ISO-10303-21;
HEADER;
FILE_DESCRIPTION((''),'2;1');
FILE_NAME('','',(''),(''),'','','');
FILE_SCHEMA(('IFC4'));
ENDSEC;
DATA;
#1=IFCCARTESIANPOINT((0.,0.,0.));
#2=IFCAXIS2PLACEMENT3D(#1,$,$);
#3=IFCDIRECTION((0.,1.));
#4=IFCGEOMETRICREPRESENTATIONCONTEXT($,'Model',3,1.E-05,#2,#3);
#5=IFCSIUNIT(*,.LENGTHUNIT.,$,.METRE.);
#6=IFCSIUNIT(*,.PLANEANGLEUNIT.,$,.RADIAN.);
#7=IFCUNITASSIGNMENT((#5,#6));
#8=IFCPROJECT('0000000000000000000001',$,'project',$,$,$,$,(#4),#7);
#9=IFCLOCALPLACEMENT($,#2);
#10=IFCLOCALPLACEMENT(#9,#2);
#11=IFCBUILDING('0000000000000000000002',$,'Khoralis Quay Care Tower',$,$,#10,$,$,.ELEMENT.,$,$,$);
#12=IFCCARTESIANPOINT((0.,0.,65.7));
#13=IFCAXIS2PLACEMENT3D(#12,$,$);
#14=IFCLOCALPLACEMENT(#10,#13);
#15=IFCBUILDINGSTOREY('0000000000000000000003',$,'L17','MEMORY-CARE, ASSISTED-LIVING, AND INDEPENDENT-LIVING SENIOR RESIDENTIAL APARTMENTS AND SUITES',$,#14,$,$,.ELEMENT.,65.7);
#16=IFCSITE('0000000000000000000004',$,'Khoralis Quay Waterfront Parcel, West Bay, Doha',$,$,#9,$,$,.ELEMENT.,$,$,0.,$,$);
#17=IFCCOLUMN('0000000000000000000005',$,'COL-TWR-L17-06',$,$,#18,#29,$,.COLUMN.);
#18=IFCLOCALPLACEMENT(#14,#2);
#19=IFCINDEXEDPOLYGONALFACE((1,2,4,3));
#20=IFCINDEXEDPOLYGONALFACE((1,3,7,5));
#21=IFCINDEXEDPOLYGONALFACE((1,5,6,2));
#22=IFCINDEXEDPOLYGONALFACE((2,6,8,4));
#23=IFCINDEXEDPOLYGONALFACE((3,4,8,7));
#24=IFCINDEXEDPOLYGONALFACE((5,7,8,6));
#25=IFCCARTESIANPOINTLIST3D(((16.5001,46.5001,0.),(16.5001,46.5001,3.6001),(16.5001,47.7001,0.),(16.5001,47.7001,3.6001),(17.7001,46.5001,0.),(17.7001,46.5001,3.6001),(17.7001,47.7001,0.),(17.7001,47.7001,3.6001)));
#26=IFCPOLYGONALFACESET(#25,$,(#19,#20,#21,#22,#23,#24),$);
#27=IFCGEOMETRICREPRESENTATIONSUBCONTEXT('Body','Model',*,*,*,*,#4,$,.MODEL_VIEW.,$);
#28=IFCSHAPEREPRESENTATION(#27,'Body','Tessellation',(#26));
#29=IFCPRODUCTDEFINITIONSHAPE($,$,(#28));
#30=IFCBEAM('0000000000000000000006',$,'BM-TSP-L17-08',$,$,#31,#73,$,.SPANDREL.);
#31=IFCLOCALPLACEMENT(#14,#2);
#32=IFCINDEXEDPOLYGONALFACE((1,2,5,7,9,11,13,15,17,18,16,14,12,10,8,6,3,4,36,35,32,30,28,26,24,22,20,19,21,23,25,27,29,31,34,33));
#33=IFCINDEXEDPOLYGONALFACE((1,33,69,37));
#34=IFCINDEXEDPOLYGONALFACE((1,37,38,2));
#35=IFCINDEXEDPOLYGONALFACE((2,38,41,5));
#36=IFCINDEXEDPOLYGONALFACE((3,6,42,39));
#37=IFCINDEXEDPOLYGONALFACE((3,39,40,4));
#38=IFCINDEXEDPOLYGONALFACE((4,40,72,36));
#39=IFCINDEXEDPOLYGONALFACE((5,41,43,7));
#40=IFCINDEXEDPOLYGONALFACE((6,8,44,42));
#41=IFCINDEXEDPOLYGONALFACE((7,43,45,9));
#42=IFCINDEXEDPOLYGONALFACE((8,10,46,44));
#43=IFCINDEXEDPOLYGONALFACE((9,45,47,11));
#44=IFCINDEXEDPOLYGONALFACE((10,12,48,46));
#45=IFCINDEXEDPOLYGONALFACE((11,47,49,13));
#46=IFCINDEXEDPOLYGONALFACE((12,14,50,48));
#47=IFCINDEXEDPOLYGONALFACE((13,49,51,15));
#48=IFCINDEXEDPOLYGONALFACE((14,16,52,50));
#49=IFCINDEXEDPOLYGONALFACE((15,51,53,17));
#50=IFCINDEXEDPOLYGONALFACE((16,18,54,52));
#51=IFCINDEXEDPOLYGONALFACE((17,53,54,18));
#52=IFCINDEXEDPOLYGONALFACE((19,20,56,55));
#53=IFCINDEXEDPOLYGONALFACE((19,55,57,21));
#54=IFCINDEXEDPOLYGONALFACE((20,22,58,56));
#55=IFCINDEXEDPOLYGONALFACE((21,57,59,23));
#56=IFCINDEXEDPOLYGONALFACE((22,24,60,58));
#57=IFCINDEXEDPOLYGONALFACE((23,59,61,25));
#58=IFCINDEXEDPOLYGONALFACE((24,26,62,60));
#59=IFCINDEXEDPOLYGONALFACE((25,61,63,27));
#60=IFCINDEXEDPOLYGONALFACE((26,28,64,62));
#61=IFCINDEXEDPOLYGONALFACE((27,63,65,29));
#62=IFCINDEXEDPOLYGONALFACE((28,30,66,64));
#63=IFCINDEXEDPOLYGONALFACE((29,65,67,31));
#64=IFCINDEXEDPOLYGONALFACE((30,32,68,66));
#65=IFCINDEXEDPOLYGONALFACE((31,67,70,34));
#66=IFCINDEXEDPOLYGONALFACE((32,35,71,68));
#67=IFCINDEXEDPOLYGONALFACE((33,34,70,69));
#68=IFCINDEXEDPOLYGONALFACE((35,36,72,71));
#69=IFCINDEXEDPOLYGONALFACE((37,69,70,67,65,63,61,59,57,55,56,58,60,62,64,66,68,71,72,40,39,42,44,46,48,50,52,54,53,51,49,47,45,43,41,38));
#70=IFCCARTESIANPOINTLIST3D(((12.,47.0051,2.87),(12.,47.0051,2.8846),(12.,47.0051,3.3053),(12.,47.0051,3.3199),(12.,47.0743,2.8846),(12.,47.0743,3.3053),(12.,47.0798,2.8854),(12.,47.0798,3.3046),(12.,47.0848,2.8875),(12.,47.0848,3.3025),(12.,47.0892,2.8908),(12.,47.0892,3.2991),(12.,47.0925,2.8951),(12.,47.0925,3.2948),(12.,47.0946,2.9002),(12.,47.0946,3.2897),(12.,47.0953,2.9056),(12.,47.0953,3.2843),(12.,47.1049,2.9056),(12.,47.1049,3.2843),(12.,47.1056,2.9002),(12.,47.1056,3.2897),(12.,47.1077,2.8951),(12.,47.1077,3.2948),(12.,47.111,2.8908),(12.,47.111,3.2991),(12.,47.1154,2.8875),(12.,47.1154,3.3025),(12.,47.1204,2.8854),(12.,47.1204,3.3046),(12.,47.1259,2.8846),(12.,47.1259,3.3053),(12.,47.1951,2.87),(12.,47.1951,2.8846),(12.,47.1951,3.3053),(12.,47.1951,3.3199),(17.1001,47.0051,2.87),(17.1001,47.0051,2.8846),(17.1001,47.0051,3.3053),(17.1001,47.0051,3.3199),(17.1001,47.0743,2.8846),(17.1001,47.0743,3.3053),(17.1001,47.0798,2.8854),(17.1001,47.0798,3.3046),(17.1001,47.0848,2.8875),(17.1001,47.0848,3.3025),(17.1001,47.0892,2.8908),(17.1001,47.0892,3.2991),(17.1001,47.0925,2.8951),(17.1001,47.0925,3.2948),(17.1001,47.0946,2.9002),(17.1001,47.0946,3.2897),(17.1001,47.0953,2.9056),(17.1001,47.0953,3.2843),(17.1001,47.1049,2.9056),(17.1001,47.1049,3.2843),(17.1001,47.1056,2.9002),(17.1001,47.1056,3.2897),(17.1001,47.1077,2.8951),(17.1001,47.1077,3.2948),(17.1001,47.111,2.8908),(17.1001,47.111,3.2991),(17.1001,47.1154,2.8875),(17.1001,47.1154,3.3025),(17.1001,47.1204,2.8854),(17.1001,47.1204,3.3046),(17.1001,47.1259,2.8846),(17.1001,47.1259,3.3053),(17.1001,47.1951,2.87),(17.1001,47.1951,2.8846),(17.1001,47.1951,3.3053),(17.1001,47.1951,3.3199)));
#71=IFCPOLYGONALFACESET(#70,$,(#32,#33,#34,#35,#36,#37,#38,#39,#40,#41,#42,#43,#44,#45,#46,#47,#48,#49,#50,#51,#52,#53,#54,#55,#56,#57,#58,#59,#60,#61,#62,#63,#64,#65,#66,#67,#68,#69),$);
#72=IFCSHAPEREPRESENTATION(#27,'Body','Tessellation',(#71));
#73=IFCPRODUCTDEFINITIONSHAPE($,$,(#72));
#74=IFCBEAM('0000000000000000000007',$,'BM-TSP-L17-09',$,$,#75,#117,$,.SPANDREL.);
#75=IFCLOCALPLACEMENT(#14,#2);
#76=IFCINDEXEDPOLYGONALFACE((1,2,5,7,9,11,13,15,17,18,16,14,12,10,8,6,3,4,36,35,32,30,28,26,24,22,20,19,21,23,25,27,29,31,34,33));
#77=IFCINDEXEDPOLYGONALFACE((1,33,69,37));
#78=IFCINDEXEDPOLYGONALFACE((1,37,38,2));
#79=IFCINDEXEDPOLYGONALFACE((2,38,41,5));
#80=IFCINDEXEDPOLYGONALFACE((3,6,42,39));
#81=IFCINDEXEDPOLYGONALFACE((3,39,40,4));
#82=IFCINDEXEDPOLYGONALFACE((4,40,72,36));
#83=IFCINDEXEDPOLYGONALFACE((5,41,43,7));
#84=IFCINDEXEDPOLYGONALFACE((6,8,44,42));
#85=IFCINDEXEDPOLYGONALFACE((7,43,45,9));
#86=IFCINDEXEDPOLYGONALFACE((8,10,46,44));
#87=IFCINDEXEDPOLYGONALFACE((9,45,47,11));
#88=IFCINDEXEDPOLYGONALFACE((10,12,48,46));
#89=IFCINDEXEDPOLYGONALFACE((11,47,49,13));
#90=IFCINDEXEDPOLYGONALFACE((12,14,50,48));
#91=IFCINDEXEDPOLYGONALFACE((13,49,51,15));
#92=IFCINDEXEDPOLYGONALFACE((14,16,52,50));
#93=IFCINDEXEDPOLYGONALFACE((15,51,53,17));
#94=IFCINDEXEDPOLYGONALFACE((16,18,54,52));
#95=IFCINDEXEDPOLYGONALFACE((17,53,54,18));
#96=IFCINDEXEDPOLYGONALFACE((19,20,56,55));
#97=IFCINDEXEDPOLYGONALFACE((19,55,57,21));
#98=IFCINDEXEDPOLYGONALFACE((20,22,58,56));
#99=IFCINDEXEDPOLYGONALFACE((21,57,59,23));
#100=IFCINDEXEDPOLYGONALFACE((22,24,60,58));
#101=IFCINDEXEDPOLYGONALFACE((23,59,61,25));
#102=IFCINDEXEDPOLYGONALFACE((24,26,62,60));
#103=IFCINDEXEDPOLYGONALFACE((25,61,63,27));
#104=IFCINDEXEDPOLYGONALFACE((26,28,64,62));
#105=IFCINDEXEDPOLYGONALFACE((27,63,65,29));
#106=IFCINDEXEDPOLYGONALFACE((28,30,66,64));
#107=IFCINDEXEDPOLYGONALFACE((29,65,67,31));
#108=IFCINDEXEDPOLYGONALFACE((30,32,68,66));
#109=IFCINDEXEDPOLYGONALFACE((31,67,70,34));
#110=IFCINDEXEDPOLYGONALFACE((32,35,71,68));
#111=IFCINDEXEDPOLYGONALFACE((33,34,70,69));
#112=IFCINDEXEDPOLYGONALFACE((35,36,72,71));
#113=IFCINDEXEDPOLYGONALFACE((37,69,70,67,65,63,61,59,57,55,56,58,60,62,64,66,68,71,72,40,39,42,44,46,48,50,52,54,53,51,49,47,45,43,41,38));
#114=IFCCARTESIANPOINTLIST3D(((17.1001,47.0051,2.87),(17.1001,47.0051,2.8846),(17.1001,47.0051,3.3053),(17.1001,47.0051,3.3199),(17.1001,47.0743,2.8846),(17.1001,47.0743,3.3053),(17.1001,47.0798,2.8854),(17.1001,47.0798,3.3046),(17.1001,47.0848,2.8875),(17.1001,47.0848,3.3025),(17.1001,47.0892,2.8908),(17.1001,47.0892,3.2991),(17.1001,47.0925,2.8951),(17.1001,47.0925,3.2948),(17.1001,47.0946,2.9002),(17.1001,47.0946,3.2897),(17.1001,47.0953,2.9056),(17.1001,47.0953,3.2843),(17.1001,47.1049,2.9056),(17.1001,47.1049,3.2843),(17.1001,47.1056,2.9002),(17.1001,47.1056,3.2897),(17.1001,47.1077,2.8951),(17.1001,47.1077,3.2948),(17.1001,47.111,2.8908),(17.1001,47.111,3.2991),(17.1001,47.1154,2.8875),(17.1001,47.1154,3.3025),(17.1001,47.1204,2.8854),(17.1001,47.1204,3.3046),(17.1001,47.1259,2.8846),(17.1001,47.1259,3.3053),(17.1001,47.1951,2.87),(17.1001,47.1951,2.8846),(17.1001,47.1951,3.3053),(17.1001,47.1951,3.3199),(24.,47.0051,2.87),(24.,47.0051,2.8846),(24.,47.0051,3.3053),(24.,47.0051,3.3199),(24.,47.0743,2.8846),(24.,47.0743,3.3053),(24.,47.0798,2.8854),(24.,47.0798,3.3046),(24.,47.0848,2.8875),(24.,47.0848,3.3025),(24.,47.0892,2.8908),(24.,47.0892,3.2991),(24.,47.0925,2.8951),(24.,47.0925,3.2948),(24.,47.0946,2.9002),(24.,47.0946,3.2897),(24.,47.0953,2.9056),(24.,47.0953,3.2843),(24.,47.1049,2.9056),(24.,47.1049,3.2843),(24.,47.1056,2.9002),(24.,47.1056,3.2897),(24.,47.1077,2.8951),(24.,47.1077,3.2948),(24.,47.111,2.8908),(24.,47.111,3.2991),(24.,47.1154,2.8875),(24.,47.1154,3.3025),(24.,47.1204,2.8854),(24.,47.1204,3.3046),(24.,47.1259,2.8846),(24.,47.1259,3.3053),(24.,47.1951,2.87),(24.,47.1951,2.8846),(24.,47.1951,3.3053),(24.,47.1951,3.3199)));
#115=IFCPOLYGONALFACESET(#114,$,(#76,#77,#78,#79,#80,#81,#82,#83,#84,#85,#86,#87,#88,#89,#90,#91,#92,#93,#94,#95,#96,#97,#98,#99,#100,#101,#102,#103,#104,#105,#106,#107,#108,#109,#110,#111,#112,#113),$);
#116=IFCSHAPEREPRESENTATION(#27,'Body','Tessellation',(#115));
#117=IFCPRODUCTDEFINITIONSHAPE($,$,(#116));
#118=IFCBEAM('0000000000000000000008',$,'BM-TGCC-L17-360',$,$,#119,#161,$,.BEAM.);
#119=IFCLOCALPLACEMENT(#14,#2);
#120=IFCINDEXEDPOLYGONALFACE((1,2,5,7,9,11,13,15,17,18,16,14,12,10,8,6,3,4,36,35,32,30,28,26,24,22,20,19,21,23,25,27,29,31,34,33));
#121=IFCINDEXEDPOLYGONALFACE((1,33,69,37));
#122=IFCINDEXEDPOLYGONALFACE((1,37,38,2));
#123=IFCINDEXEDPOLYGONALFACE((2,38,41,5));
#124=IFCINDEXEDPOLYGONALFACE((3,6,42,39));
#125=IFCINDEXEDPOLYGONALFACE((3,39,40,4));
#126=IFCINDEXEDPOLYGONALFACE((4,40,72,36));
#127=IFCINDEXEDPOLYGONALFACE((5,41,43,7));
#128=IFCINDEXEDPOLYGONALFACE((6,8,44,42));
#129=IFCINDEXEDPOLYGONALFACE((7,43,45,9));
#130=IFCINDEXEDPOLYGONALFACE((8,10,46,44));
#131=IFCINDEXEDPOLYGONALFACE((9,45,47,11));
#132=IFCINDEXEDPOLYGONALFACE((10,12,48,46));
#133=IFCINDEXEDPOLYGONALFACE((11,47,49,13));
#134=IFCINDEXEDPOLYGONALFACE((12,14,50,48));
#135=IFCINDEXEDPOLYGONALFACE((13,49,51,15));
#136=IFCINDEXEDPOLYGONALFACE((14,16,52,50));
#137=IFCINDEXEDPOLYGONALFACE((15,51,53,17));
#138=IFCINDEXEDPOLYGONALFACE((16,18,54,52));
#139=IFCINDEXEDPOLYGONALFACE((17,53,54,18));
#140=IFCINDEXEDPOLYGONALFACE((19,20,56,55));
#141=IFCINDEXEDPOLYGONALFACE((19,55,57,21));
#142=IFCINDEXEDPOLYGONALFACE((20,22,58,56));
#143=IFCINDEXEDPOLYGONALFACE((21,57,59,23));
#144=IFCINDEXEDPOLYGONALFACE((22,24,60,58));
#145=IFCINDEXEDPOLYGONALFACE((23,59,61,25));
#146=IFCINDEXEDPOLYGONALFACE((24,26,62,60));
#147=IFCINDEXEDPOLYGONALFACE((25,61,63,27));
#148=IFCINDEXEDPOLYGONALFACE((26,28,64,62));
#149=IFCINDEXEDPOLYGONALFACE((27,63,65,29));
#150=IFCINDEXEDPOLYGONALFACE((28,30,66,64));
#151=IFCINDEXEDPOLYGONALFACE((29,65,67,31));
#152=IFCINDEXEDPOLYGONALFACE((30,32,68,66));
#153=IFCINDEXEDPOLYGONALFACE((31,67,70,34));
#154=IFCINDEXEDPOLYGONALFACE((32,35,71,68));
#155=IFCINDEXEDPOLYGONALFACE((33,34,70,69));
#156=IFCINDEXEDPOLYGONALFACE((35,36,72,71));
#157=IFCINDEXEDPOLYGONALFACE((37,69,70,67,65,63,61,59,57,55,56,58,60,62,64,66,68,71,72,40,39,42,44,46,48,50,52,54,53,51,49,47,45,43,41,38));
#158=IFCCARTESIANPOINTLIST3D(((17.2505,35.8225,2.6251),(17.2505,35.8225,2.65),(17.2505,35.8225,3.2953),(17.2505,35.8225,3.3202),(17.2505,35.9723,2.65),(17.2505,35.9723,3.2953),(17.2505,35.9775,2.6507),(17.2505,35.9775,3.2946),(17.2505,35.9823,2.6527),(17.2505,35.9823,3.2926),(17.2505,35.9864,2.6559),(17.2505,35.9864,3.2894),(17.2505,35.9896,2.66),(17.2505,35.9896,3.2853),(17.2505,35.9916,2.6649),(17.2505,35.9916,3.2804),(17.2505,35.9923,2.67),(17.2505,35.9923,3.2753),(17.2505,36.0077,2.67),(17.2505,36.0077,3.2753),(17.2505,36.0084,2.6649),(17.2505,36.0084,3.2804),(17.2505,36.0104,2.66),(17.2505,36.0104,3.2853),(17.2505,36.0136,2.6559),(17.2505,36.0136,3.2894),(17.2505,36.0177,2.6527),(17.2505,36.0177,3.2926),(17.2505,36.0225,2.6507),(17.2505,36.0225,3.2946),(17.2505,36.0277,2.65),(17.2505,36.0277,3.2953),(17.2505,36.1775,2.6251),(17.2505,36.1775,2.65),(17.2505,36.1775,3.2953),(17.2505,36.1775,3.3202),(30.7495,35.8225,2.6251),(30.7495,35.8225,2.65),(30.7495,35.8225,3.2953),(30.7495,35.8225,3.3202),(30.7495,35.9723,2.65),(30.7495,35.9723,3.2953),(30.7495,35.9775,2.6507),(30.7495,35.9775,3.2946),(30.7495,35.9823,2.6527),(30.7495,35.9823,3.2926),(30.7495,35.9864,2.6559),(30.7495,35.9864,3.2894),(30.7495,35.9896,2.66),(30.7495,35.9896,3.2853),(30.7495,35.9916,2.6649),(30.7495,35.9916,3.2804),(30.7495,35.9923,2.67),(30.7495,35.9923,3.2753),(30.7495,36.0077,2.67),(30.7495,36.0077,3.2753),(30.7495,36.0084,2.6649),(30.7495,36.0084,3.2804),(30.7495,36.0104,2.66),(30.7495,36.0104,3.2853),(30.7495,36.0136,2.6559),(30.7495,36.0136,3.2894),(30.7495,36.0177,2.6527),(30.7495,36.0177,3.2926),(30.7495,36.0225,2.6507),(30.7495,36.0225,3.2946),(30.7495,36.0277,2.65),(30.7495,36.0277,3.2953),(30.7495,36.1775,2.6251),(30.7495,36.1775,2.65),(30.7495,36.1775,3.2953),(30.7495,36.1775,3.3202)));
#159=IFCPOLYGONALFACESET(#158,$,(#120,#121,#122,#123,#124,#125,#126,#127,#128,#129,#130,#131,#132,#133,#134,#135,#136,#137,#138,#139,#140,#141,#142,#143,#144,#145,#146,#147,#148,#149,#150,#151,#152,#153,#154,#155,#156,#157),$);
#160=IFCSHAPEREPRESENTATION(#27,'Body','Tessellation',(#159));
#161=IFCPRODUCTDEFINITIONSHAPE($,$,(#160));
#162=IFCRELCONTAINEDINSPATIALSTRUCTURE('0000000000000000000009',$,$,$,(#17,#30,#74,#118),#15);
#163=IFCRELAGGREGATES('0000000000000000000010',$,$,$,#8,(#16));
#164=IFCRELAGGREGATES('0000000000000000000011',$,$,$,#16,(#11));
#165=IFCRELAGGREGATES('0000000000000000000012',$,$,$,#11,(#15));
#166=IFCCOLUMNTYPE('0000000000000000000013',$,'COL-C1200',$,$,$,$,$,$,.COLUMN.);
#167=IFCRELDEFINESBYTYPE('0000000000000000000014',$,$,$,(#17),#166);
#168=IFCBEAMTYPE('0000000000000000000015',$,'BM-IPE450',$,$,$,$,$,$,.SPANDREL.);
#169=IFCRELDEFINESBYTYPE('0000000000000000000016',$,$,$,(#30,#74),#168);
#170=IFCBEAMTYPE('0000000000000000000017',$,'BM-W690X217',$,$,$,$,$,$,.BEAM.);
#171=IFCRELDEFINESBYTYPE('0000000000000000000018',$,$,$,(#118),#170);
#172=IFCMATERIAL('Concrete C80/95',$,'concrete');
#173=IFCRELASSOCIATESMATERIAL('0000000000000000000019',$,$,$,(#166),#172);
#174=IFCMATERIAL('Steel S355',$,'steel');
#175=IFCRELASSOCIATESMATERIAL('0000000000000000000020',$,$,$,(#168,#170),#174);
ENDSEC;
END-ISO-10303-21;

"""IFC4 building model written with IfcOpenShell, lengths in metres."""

from ifc_helpers import new_model, si_unit, direction, frame, origin, origin_2d, place, context, subcontext, project, spatial, rectangle, i_section, extrude, source, transform, mapped, material, material_profile, profile_set, type_object, element, save


model = new_model("IFC4")

# Units and contexts
model_context = context("Model", 3, precision=1e-05, world=origin(), true_north=direction((0.0, 1.0)))
body_context = subcontext(model_context, "Body", "Model", "MODEL_VIEW")
ifc_project = project(units=[si_unit("LENGTHUNIT", "METRE"), si_unit("PLANEANGLEUNIT", "RADIAN")], contexts=[model_context])

# Site, building, storey
site_placement = place(None, origin())
site = spatial("IfcSite", under=ifc_project, at=site_placement, Name="Khoralis Quay Waterfront Parcel, West Bay, Doha", CompositionType="ELEMENT", RefElevation=0.0)
building_placement = place(site_placement, origin())
building = spatial("IfcBuilding", under=site, at=building_placement, Name="Khoralis Quay Care Tower", CompositionType="ELEMENT")
storey_placement = place(building_placement, frame((0.0, 0.0, 65.7)))
storey = spatial("IfcBuildingStorey", under=building, at=storey_placement, Name="L17", Description="MEMORY-CARE, ASSISTED-LIVING, AND INDEPENDENT-LIVING SENIOR RESIDENTIAL APARTMENTS AND SUITES", CompositionType="ELEMENT", Elevation=65.7)

# Column
ifc_material_1 = material(Name="Concrete C80/95", Category="concrete")
ifc_material_profile_1 = material_profile(ifc_material_1, rectangle(XDim=1.2, YDim=1.2, at=origin_2d()), Name="Concrete C80/95")
ifc_profile_set_1 = profile_set([ifc_material_profile_1], Name="Concrete C80/95")
column_type = type_object("IfcColumnType", Name="COL-C1200", PredefinedType="COLUMN", material=ifc_profile_set_1)
shared_shape_1 = source(origin(), body_context, "Body", "SweptSolid", [
    extrude(rectangle(XDim=1.2, YDim=1.2, at=origin_2d()), origin(), (0.0, 0.0, 1.0), 3.6001),
])
column_placement = place(storey_placement, frame((17.1001, 47.1001, 0.0), z_axis=(0.0, 0.0, 1.0), x_axis=(1.0, 0.0, 0.0)))
element("IfcColumn", 1, at=column_placement, inside=storey, type_object=column_type, Name="COL-TWR-L17-06", PredefinedType="COLUMN", context=body_context, shape_type="MappedRepresentation", body=[
    mapped(shared_shape_1, transform((0.0, 0.0, 0.0), scale=1.0)),
])

# Beams
ifc_material_2 = material(Name="Steel S355", Category="steel")
ifc_material_profile_2 = material_profile(ifc_material_2, i_section(OverallWidth=0.1899, OverallDepth=0.45, WebThickness=0.0095, FlangeThickness=0.0146, FilletRadius=0.021, at=origin_2d()), Name="Steel S355")
ifc_profile_set_2 = profile_set([ifc_material_profile_2], Name="Steel S355")
beam_type_1 = type_object("IfcBeamType", Name="BM-IPE450", PredefinedType="SPANDREL", material=ifc_profile_set_2)
shared_shape_2 = source(origin(), body_context, "Body", "SweptSolid", [
    extrude(i_section(OverallWidth=0.1899, OverallDepth=0.45, WebThickness=0.0095, FlangeThickness=0.0146, FilletRadius=0.021, at=origin_2d()), origin(), (0.0, 0.0, 1.0), 5.1001),
])
beam_1_placement = place(storey_placement, frame((12.0, 47.1001, 3.095), z_axis=(1.0, 0.0, 0.0), x_axis=(0.0, 1.0, 0.0)))
element("IfcBeam", 2, at=beam_1_placement, inside=storey, type_object=beam_type_1, Name="BM-TSP-L17-08", PredefinedType="SPANDREL", context=body_context, shape_type="MappedRepresentation", body=[
    mapped(shared_shape_2, transform((0.0, 0.0, 0.0), scale=1.0)),
])
shared_shape_3 = source(origin(), body_context, "Body", "SweptSolid", [
    extrude(i_section(OverallWidth=0.1899, OverallDepth=0.45, WebThickness=0.0095, FlangeThickness=0.0146, FilletRadius=0.021, at=origin_2d()), origin(), (0.0, 0.0, 1.0), 6.8999),
])
beam_2_placement = place(storey_placement, frame((17.1001, 47.1001, 3.095), z_axis=(1.0, 0.0, 0.0), x_axis=(0.0, 1.0, 0.0)))
element("IfcBeam", 3, at=beam_2_placement, inside=storey, type_object=beam_type_1, Name="BM-TSP-L17-09", PredefinedType="SPANDREL", context=body_context, shape_type="MappedRepresentation", body=[
    mapped(shared_shape_3, transform((0.0, 0.0, 0.0), scale=1.0)),
])
ifc_material_profile_3 = material_profile(ifc_material_2, i_section(OverallWidth=0.355, OverallDepth=0.6951, WebThickness=0.0154, FlangeThickness=0.0249, FilletRadius=0.02, at=origin_2d()), Name="Steel S355")
ifc_profile_set_3 = profile_set([ifc_material_profile_3], Name="Steel S355")
beam_type_2 = type_object("IfcBeamType", Name="BM-W690X217", PredefinedType="BEAM", material=ifc_profile_set_3)
shared_shape_4 = source(origin(), body_context, "Body", "SweptSolid", [
    extrude(i_section(OverallWidth=0.355, OverallDepth=0.6951, WebThickness=0.0154, FlangeThickness=0.0249, FilletRadius=0.02, at=origin_2d()), origin(), (0.0, 0.0, 1.0), 13.499),
])
beam_3_placement = place(storey_placement, frame((17.2505, 36.0, 2.9727), z_axis=(1.0, 0.0, 0.0), x_axis=(0.0, 1.0, 0.0)))
element("IfcBeam", 4, at=beam_3_placement, inside=storey, type_object=beam_type_2, Name="BM-TGCC-L17-360", PredefinedType="BEAM", context=body_context, shape_type="MappedRepresentation", body=[
    mapped(shared_shape_4, transform((0.0, 0.0, 0.0), scale=1.0)),
])

save(model, "model.ifc")
